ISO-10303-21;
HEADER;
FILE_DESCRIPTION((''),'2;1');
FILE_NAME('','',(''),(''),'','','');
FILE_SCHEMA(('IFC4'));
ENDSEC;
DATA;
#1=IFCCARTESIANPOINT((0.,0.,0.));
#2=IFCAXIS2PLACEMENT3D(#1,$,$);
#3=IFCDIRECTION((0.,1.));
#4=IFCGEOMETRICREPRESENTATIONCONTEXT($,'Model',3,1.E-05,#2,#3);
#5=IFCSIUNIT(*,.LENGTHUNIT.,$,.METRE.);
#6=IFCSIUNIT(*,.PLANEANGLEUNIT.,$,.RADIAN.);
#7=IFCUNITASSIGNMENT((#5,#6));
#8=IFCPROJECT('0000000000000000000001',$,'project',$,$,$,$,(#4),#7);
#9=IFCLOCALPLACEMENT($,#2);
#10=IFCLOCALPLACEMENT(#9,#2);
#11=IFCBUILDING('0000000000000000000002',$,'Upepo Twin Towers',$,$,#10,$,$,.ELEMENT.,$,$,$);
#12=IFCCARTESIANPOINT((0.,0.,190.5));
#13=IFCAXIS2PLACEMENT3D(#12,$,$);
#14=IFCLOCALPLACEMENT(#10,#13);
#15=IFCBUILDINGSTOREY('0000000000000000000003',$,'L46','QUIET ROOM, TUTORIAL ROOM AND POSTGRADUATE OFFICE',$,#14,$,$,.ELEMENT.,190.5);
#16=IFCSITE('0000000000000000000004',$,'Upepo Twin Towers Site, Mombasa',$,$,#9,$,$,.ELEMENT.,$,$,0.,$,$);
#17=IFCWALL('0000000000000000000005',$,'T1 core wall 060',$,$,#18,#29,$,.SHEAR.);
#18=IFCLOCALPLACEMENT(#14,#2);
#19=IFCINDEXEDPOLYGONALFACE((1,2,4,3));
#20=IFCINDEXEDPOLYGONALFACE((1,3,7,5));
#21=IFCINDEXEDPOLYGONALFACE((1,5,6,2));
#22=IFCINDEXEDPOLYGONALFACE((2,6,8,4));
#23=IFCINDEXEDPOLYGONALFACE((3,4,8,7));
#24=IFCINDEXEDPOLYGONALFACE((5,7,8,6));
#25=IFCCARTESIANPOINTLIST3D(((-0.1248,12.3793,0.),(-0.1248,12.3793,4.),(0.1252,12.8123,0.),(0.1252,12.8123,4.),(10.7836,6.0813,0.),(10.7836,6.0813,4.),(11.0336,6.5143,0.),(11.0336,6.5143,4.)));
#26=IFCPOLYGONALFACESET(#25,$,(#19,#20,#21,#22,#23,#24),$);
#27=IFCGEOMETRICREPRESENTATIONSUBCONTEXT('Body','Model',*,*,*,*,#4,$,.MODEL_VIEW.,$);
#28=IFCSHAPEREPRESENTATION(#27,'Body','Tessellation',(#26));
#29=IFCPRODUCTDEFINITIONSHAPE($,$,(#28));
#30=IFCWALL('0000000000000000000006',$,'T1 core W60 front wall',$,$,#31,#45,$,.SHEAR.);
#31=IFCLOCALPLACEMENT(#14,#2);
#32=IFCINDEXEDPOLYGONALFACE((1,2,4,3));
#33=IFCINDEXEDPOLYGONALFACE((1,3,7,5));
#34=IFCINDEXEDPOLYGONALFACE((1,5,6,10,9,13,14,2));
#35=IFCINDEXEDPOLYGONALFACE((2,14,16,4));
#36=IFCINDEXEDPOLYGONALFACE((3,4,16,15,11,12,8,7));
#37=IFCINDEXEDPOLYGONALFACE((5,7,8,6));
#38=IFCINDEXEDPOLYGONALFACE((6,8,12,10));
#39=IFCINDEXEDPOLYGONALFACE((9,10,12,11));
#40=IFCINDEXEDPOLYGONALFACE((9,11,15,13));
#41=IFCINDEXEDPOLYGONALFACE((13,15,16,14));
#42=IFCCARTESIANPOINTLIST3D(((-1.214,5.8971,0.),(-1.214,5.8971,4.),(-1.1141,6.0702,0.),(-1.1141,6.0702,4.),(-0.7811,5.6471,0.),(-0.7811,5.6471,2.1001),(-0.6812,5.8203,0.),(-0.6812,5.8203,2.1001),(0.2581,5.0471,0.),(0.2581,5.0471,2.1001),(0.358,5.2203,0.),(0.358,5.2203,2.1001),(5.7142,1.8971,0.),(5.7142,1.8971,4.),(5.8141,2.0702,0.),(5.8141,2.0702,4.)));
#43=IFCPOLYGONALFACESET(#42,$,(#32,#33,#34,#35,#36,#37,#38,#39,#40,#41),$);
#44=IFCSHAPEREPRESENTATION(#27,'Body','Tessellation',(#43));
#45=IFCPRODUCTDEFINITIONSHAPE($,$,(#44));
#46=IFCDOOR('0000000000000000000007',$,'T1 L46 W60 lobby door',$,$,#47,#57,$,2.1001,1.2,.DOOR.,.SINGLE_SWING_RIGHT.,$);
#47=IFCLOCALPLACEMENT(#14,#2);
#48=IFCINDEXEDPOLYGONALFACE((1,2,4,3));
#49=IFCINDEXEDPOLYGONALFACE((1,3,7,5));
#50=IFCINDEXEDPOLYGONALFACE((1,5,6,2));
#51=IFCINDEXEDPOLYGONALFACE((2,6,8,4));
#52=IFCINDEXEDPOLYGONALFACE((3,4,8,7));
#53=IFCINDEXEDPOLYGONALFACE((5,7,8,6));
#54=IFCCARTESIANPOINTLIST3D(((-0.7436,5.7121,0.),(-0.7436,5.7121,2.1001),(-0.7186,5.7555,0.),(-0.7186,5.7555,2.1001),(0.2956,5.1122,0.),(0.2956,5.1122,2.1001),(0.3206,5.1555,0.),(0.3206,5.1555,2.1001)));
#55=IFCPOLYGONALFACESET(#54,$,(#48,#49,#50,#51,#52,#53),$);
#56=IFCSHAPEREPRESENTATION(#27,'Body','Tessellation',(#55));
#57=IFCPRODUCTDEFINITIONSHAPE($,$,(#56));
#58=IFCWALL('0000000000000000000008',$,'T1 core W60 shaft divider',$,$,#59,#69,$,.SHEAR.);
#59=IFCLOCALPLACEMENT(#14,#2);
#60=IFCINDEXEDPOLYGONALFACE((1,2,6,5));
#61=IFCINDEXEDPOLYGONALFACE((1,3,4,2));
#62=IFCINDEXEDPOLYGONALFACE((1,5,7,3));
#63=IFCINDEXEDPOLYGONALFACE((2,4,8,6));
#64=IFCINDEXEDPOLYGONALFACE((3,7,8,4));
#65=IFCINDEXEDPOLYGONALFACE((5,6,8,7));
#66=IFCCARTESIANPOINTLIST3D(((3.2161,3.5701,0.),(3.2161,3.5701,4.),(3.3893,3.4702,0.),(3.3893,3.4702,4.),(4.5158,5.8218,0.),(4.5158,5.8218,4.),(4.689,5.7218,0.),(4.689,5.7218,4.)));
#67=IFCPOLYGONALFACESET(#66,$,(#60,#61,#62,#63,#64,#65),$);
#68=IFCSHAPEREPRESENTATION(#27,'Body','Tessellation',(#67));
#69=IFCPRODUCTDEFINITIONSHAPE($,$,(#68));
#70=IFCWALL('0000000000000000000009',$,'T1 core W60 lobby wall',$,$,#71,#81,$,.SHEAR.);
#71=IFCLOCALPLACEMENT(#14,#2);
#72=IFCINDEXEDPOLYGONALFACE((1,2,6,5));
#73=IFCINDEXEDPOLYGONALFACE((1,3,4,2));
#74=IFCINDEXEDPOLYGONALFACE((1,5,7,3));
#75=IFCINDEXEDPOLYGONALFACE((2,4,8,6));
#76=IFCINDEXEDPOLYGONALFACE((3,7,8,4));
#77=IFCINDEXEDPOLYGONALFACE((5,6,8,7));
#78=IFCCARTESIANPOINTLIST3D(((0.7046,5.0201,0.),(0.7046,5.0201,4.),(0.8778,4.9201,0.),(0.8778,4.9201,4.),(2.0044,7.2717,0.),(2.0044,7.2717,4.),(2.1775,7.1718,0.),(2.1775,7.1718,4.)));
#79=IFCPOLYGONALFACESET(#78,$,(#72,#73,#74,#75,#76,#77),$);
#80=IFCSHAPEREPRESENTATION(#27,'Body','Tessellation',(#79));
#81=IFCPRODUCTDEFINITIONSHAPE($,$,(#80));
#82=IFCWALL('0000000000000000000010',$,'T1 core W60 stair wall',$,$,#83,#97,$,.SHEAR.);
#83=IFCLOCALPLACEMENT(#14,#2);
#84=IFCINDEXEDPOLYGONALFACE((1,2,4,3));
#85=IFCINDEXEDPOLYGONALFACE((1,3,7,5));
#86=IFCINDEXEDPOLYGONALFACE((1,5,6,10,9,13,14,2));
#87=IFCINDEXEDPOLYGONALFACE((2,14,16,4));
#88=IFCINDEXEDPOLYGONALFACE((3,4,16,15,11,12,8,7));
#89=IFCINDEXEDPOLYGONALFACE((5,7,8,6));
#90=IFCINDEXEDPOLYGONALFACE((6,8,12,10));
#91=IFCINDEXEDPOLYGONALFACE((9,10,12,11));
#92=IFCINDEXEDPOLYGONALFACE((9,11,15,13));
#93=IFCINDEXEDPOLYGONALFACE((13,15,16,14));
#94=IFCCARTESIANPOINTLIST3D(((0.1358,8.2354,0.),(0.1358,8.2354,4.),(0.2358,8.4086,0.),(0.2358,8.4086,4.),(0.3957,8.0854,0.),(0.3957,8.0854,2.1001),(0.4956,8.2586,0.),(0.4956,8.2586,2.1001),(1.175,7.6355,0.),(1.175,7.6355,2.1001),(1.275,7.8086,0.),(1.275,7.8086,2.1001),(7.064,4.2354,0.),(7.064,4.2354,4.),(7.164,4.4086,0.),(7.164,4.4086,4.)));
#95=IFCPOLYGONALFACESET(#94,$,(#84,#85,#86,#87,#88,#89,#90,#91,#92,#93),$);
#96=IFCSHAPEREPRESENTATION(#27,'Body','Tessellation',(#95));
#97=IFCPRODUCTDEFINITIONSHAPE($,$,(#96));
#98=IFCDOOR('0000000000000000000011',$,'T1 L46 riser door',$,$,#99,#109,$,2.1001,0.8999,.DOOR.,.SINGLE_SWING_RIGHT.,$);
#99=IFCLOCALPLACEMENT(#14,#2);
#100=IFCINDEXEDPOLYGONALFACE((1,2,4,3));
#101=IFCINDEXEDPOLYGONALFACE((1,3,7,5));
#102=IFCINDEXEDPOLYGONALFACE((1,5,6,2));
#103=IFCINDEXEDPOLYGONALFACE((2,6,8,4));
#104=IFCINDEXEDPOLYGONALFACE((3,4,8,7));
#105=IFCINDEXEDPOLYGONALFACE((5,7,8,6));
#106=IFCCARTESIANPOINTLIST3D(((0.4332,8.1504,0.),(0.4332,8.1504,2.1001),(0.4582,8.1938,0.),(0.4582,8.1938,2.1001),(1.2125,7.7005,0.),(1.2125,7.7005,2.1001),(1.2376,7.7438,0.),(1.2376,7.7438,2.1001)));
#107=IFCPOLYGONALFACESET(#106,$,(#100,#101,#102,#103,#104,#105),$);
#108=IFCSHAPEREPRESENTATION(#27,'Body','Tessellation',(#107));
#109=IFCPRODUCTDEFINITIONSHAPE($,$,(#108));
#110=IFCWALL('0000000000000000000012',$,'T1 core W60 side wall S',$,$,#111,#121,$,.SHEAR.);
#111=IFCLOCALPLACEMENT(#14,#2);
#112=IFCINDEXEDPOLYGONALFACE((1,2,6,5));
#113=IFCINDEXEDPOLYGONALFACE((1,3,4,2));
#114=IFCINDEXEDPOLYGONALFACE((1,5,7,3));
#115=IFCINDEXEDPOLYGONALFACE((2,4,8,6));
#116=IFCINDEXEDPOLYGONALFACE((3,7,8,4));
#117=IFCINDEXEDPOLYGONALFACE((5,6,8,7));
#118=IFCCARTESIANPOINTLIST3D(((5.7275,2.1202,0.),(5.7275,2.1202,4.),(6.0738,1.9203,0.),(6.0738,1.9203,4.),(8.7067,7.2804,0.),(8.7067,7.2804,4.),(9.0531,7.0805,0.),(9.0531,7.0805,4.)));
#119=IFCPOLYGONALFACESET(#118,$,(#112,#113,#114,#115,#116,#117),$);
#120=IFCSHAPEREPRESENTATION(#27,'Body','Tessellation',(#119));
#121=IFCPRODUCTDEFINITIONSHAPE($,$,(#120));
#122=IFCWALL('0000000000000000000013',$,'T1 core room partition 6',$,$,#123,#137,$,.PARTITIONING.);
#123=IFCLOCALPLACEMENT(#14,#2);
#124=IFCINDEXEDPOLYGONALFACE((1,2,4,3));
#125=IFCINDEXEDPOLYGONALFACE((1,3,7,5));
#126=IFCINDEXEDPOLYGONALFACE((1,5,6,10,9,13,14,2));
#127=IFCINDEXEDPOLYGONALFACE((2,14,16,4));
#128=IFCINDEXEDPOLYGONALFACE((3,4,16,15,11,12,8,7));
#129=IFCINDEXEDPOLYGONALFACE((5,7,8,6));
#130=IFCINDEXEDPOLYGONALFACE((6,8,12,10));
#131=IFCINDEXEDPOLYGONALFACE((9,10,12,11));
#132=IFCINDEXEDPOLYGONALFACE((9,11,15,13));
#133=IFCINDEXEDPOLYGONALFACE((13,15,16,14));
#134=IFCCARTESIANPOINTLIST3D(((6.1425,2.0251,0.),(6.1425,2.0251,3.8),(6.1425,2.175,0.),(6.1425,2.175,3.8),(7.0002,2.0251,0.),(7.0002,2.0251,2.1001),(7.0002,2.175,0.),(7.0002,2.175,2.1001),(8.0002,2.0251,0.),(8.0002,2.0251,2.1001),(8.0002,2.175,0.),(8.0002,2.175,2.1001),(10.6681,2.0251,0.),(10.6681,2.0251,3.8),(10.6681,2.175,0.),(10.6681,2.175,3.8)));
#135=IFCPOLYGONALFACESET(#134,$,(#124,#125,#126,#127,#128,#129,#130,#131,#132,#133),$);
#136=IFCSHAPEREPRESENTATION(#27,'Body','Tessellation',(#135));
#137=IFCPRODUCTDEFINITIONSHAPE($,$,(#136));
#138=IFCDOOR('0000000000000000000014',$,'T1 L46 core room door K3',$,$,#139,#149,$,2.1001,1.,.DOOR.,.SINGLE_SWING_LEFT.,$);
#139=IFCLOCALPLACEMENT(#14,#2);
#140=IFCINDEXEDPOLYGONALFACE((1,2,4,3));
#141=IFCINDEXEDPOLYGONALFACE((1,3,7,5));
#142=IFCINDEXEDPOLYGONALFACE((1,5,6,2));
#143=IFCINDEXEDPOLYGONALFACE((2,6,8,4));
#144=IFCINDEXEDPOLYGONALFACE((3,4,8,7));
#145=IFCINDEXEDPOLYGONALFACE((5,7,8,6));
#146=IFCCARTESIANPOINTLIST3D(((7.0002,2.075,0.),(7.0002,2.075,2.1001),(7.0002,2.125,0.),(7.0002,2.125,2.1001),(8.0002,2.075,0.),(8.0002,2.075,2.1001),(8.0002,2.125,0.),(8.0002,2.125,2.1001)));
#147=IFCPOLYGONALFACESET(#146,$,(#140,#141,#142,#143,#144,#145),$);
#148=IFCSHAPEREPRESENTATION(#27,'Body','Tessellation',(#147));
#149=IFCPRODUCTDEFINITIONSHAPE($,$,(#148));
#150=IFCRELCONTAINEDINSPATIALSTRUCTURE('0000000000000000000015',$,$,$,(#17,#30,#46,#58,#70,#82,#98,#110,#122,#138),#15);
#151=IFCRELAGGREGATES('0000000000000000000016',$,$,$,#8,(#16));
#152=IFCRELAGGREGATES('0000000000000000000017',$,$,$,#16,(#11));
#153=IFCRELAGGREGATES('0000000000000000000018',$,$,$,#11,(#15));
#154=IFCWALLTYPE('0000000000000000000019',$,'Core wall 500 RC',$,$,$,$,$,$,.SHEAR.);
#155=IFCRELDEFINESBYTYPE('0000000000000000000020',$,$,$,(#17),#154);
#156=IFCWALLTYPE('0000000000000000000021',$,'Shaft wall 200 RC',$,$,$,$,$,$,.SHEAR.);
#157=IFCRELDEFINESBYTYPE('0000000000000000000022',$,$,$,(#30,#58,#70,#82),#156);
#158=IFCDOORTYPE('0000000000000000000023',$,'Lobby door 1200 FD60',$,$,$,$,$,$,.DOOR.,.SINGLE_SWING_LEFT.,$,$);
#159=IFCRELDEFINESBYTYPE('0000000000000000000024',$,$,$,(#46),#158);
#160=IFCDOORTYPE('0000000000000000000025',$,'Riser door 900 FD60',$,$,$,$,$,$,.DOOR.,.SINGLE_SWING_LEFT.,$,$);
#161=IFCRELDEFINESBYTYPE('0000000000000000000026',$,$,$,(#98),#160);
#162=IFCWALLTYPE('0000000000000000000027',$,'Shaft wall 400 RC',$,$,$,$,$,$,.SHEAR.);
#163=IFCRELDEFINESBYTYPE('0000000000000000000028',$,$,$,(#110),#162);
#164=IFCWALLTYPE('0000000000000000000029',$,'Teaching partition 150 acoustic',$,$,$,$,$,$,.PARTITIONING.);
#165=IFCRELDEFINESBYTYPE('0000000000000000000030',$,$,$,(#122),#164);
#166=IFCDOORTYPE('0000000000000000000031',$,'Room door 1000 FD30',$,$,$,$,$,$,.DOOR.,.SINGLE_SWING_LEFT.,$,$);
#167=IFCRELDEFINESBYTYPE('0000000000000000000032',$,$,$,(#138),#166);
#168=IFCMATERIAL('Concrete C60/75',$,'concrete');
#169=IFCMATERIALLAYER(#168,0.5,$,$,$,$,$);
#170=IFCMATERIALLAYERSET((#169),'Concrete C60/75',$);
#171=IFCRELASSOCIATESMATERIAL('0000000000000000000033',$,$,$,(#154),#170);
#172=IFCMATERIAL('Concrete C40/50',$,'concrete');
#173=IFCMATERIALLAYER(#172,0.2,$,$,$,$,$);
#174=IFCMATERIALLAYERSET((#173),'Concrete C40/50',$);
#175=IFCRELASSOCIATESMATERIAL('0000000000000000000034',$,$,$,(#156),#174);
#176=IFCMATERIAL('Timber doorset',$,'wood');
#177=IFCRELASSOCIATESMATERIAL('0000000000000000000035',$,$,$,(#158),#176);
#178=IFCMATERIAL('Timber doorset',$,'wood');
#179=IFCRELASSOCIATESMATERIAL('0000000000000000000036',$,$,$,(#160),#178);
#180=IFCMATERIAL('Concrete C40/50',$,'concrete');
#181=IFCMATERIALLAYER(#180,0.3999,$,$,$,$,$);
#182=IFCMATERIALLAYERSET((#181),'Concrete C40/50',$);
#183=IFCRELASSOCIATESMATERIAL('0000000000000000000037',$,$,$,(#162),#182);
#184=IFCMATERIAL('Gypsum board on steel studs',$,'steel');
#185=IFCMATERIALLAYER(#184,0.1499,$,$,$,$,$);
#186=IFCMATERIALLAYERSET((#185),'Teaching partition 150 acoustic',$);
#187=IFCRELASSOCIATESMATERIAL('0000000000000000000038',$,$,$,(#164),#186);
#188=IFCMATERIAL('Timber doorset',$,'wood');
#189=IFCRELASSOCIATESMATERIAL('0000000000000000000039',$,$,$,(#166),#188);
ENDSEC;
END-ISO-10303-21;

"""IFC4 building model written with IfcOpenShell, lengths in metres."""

from ifc_helpers import new_model, si_unit, direction, frame, frame_2d, origin, place, context, subcontext, project, spatial, rectangle, extrude, material, layer, layer_set, type_object, element, fill, save


model = new_model("IFC4")

# Units and contexts
model_context = context("Model", 3, precision=1e-05, world=origin(), true_north=direction((0.0, 1.0)))
body_context = subcontext(model_context, "Body", "Model", "MODEL_VIEW")
ifc_project = project(units=[si_unit("LENGTHUNIT", "METRE"), si_unit("PLANEANGLEUNIT", "RADIAN")], contexts=[model_context])

# Site, building, storey
site_placement = place(None, origin())
site = spatial("IfcSite", under=ifc_project, at=site_placement, Name="Upepo Twin Towers Site, Mombasa", CompositionType="ELEMENT", RefElevation=0.0)
building_placement = place(site_placement, origin())
building = spatial("IfcBuilding", under=site, at=building_placement, Name="Upepo Twin Towers", CompositionType="ELEMENT")
storey_placement = place(building_placement, frame((0.0, 0.0, 190.5)))
storey = spatial("IfcBuildingStorey", under=building, at=storey_placement, Name="L46", Description="QUIET ROOM, TUTORIAL ROOM AND POSTGRADUATE OFFICE", CompositionType="ELEMENT", Elevation=190.5)

# Wall
ifc_material_1 = material(Name="Concrete C60/75", Category="concrete")
ifc_layer_1 = layer(ifc_material_1, 0.5)
ifc_layer_set_1 = layer_set([ifc_layer_1], Name="Concrete C60/75")
wall_type_1 = type_object("IfcWallType", Name="Core wall 500 RC", PredefinedType="SHEAR", material=ifc_layer_set_1)
wall_1_placement = place(storey_placement, frame((10.9084, 6.2979, 0.0), z_axis=(0.0, 0.0, 1.0), x_axis=(-0.866022, 0.500006, 0.0)))
element("IfcWall", 1, at=wall_1_placement, inside=storey, type_object=wall_type_1, Name="T1 core wall 060", PredefinedType="SHEAR", context=body_context, shape_type="SweptSolid", body=[
    extrude(rectangle(XDim=12.5959, YDim=0.5, at=frame_2d((6.2979, 0.0))), origin(), (0.0, 0.0, 1.0), 4.0),
])

# Wall, opening, door
ifc_material_2 = material(Name="Concrete C40/50", Category="concrete")
ifc_layer_2 = layer(ifc_material_2, 0.2)
ifc_layer_set_2 = layer_set([ifc_layer_2], Name="Concrete C40/50")
wall_type_2 = type_object("IfcWallType", Name="Shaft wall 200 RC", PredefinedType="SHEAR", material=ifc_layer_set_2)
wall_2_placement = place(storey_placement, frame((5.7642, 1.9836, 0.0), z_axis=(0.0, 0.0, 1.0), x_axis=(-0.866026, 0.499999, 0.0)))
wall_2 = element("IfcWall", 2, at=wall_2_placement, inside=storey, type_object=wall_type_2, Name="T1 core W60 front wall", PredefinedType="SHEAR", context=body_context, shape_type="SweptSolid", body=[
    extrude(rectangle(XDim=8.0, YDim=0.2, at=frame_2d((4.0, 0.0))), origin(), (0.0, 0.0, 1.0), 4.0),
])
opening_1_placement = place(wall_2_placement, frame((6.3, 0.0, 0.0)))
opening_1 = element("IfcOpeningElement", 3, at=opening_1_placement, cuts=wall_2, PredefinedType="OPENING", context=body_context, shape_type="SweptSolid", body=[
    extrude(rectangle(XDim=1.2, YDim=2.1001, at=frame_2d((0.6001, 1.05))), frame((0.0, 0.1099, 0.0), z_axis=(0.0, -1.0, 0.0), x_axis=(1.0, 0.0, 0.0)), (0.0, 0.0, 1.0), 0.22),
])
ifc_material_3 = material(Name="Timber doorset", Category="wood")
door_type_1 = type_object("IfcDoorType", Name="Lobby door 1200 FD60", OperationType="SINGLE_SWING_LEFT", PredefinedType="DOOR", material=ifc_material_3)
door_1_placement = place(opening_1_placement, origin())
door_1 = element("IfcDoor", 4, at=door_1_placement, inside=storey, type_object=door_type_1, Name="T1 L46 W60 lobby door", OperationType="SINGLE_SWING_RIGHT", OverallHeight=2.1001, OverallWidth=1.2, PredefinedType="DOOR", context=body_context, shape_type="SweptSolid", body=[
    extrude(rectangle(XDim=1.2, YDim=2.1001, at=frame_2d((0.6001, 1.05))), frame((0.0, 0.0249, 0.0), z_axis=(0.0, -1.0, 0.0), x_axis=(1.0, 0.0, 0.0)), (0.0, 0.0, 1.0), 0.05),
])
fill(opening_1, door_1)

# Walls
for number, where, z_axis, x_axis, name in (
    (5, (3.3027, 3.5203, 0.0), (0.0, 0.0, 1.0), (0.499937, 0.866062, 0.0), "T1 core W60 shaft divider"),
    (6, (0.7913, 4.9702, 0.0), (0.0, 0.0, 1.0), (0.499937, 0.866062, 0.0), "T1 core W60 lobby wall"),
):
    element("IfcWall", number, at=place(storey_placement, frame(where, z_axis=z_axis, x_axis=x_axis)), inside=storey, type_object=wall_type_2, Name=name, PredefinedType="SHEAR", context=body_context, shape_type="SweptSolid", body=[
        extrude(rectangle(XDim=2.5999, YDim=0.2, at=frame_2d((1.2998, 0.0))), origin(), (0.0, 0.0, 1.0), 4.0),
    ])

# Wall, opening, door
wall_3_placement = place(storey_placement, frame((7.114, 4.322, 0.0), z_axis=(0.0, 0.0, 1.0), x_axis=(-0.866026, 0.499999, 0.0)))
wall_3 = element("IfcWall", 7, at=wall_3_placement, inside=storey, type_object=wall_type_2, Name="T1 core W60 stair wall", PredefinedType="SHEAR", context=body_context, shape_type="SweptSolid", body=[
    extrude(rectangle(XDim=8.0, YDim=0.2, at=frame_2d((4.0, 0.0))), origin(), (0.0, 0.0, 1.0), 4.0),
])
opening_2_placement = place(wall_3_placement, frame((6.8, 0.0, 0.0)))
opening_2 = element("IfcOpeningElement", 8, at=opening_2_placement, cuts=wall_3, PredefinedType="OPENING", context=body_context, shape_type="SweptSolid", body=[
    extrude(rectangle(XDim=0.8999, YDim=2.1001, at=frame_2d((0.45, 1.05))), frame((0.0, 0.1099, 0.0), z_axis=(0.0, -1.0, 0.0), x_axis=(1.0, 0.0, 0.0)), (0.0, 0.0, 1.0), 0.22),
])
ifc_material_4 = material(Name="Timber doorset", Category="wood")
door_type_2 = type_object("IfcDoorType", Name="Riser door 900 FD60", OperationType="SINGLE_SWING_LEFT", PredefinedType="DOOR", material=ifc_material_4)
door_2_placement = place(opening_2_placement, origin())
door_2 = element("IfcDoor", 9, at=door_2_placement, inside=storey, type_object=door_type_2, Name="T1 L46 riser door", OperationType="SINGLE_SWING_RIGHT", OverallHeight=2.1001, OverallWidth=0.8999, PredefinedType="DOOR", context=body_context, shape_type="SweptSolid", body=[
    extrude(rectangle(XDim=0.8999, YDim=2.1001, at=frame_2d((0.45, 1.05))), frame((0.0, 0.0249, 0.0), z_axis=(0.0, -1.0, 0.0), x_axis=(1.0, 0.0, 0.0)), (0.0, 0.0, 1.0), 0.05),
])
fill(opening_2, door_2)

# Wall
ifc_material_5 = material(Name="Concrete C40/50", Category="concrete")
ifc_layer_3 = layer(ifc_material_5, 0.3999)
ifc_layer_set_3 = layer_set([ifc_layer_3], Name="Concrete C40/50")
wall_type_3 = type_object("IfcWallType", Name="Shaft wall 400 RC", PredefinedType="SHEAR", material=ifc_layer_set_3)
wall_4_placement = place(storey_placement, frame((5.9006, 2.0203, 0.0), z_axis=(0.0, 0.0, 1.0), x_axis=(0.500004, 0.866023, 0.0)))
element("IfcWall", 10, at=wall_4_placement, inside=storey, type_object=wall_type_3, Name="T1 core W60 side wall S", PredefinedType="SHEAR", context=body_context, shape_type="SweptSolid", body=[
    extrude(rectangle(XDim=5.9585, YDim=0.3999, at=frame_2d((2.9792, 0.0))), origin(), (0.0, 0.0, 1.0), 4.0),
])

# Wall, opening, door
ifc_material_6 = material(Name="Gypsum board on steel studs", Category="steel")
ifc_layer_4 = layer(ifc_material_6, 0.1499)
ifc_layer_set_4 = layer_set([ifc_layer_4], Name="Teaching partition 150 acoustic")
wall_type_4 = type_object("IfcWallType", Name="Teaching partition 150 acoustic", PredefinedType="PARTITIONING", material=ifc_layer_set_4)
wall_5_placement = place(storey_placement, frame((6.1426, 2.1001, 0.0), z_axis=(0.0, 0.0, 1.0), x_axis=(1.0, 0.0, 0.0)))
wall_5 = element("IfcWall", 11, at=wall_5_placement, inside=storey, type_object=wall_type_4, Name="T1 core room partition 6", PredefinedType="PARTITIONING", context=body_context, shape_type="SweptSolid", body=[
    extrude(rectangle(XDim=4.5256, YDim=0.1499, at=frame_2d((2.2627, 0.0))), origin(), (0.0, 0.0, 1.0), 3.8),
])
opening_3_placement = place(wall_5_placement, frame((0.8577, 0.0, 0.0)))
opening_3 = element("IfcOpeningElement", 12, at=opening_3_placement, cuts=wall_5, PredefinedType="OPENING", context=body_context, shape_type="SweptSolid", body=[
    extrude(rectangle(XDim=1.0, YDim=2.1001, at=frame_2d((0.5, 1.05))), frame((0.0, 0.085, 0.0), z_axis=(0.0, -1.0, 0.0), x_axis=(1.0, 0.0, 0.0)), (0.0, 0.0, 1.0), 0.1699),
])
ifc_material_7 = material(Name="Timber doorset", Category="wood")
door_type_3 = type_object("IfcDoorType", Name="Room door 1000 FD30", OperationType="SINGLE_SWING_LEFT", PredefinedType="DOOR", material=ifc_material_7)
door_3_placement = place(opening_3_placement, origin())
door_3 = element("IfcDoor", 13, at=door_3_placement, inside=storey, type_object=door_type_3, Name="T1 L46 core room door K3", OperationType="SINGLE_SWING_LEFT", OverallHeight=2.1001, OverallWidth=1.0, PredefinedType="DOOR", context=body_context, shape_type="SweptSolid", body=[
    extrude(rectangle(XDim=1.0, YDim=2.1001, at=frame_2d((0.5, 1.05))), frame((0.0, 0.0249, 0.0), z_axis=(0.0, -1.0, 0.0), x_axis=(1.0, 0.0, 0.0)), (0.0, 0.0, 1.0), 0.05),
])
fill(opening_3, door_3)

save(model, "model.ifc")
